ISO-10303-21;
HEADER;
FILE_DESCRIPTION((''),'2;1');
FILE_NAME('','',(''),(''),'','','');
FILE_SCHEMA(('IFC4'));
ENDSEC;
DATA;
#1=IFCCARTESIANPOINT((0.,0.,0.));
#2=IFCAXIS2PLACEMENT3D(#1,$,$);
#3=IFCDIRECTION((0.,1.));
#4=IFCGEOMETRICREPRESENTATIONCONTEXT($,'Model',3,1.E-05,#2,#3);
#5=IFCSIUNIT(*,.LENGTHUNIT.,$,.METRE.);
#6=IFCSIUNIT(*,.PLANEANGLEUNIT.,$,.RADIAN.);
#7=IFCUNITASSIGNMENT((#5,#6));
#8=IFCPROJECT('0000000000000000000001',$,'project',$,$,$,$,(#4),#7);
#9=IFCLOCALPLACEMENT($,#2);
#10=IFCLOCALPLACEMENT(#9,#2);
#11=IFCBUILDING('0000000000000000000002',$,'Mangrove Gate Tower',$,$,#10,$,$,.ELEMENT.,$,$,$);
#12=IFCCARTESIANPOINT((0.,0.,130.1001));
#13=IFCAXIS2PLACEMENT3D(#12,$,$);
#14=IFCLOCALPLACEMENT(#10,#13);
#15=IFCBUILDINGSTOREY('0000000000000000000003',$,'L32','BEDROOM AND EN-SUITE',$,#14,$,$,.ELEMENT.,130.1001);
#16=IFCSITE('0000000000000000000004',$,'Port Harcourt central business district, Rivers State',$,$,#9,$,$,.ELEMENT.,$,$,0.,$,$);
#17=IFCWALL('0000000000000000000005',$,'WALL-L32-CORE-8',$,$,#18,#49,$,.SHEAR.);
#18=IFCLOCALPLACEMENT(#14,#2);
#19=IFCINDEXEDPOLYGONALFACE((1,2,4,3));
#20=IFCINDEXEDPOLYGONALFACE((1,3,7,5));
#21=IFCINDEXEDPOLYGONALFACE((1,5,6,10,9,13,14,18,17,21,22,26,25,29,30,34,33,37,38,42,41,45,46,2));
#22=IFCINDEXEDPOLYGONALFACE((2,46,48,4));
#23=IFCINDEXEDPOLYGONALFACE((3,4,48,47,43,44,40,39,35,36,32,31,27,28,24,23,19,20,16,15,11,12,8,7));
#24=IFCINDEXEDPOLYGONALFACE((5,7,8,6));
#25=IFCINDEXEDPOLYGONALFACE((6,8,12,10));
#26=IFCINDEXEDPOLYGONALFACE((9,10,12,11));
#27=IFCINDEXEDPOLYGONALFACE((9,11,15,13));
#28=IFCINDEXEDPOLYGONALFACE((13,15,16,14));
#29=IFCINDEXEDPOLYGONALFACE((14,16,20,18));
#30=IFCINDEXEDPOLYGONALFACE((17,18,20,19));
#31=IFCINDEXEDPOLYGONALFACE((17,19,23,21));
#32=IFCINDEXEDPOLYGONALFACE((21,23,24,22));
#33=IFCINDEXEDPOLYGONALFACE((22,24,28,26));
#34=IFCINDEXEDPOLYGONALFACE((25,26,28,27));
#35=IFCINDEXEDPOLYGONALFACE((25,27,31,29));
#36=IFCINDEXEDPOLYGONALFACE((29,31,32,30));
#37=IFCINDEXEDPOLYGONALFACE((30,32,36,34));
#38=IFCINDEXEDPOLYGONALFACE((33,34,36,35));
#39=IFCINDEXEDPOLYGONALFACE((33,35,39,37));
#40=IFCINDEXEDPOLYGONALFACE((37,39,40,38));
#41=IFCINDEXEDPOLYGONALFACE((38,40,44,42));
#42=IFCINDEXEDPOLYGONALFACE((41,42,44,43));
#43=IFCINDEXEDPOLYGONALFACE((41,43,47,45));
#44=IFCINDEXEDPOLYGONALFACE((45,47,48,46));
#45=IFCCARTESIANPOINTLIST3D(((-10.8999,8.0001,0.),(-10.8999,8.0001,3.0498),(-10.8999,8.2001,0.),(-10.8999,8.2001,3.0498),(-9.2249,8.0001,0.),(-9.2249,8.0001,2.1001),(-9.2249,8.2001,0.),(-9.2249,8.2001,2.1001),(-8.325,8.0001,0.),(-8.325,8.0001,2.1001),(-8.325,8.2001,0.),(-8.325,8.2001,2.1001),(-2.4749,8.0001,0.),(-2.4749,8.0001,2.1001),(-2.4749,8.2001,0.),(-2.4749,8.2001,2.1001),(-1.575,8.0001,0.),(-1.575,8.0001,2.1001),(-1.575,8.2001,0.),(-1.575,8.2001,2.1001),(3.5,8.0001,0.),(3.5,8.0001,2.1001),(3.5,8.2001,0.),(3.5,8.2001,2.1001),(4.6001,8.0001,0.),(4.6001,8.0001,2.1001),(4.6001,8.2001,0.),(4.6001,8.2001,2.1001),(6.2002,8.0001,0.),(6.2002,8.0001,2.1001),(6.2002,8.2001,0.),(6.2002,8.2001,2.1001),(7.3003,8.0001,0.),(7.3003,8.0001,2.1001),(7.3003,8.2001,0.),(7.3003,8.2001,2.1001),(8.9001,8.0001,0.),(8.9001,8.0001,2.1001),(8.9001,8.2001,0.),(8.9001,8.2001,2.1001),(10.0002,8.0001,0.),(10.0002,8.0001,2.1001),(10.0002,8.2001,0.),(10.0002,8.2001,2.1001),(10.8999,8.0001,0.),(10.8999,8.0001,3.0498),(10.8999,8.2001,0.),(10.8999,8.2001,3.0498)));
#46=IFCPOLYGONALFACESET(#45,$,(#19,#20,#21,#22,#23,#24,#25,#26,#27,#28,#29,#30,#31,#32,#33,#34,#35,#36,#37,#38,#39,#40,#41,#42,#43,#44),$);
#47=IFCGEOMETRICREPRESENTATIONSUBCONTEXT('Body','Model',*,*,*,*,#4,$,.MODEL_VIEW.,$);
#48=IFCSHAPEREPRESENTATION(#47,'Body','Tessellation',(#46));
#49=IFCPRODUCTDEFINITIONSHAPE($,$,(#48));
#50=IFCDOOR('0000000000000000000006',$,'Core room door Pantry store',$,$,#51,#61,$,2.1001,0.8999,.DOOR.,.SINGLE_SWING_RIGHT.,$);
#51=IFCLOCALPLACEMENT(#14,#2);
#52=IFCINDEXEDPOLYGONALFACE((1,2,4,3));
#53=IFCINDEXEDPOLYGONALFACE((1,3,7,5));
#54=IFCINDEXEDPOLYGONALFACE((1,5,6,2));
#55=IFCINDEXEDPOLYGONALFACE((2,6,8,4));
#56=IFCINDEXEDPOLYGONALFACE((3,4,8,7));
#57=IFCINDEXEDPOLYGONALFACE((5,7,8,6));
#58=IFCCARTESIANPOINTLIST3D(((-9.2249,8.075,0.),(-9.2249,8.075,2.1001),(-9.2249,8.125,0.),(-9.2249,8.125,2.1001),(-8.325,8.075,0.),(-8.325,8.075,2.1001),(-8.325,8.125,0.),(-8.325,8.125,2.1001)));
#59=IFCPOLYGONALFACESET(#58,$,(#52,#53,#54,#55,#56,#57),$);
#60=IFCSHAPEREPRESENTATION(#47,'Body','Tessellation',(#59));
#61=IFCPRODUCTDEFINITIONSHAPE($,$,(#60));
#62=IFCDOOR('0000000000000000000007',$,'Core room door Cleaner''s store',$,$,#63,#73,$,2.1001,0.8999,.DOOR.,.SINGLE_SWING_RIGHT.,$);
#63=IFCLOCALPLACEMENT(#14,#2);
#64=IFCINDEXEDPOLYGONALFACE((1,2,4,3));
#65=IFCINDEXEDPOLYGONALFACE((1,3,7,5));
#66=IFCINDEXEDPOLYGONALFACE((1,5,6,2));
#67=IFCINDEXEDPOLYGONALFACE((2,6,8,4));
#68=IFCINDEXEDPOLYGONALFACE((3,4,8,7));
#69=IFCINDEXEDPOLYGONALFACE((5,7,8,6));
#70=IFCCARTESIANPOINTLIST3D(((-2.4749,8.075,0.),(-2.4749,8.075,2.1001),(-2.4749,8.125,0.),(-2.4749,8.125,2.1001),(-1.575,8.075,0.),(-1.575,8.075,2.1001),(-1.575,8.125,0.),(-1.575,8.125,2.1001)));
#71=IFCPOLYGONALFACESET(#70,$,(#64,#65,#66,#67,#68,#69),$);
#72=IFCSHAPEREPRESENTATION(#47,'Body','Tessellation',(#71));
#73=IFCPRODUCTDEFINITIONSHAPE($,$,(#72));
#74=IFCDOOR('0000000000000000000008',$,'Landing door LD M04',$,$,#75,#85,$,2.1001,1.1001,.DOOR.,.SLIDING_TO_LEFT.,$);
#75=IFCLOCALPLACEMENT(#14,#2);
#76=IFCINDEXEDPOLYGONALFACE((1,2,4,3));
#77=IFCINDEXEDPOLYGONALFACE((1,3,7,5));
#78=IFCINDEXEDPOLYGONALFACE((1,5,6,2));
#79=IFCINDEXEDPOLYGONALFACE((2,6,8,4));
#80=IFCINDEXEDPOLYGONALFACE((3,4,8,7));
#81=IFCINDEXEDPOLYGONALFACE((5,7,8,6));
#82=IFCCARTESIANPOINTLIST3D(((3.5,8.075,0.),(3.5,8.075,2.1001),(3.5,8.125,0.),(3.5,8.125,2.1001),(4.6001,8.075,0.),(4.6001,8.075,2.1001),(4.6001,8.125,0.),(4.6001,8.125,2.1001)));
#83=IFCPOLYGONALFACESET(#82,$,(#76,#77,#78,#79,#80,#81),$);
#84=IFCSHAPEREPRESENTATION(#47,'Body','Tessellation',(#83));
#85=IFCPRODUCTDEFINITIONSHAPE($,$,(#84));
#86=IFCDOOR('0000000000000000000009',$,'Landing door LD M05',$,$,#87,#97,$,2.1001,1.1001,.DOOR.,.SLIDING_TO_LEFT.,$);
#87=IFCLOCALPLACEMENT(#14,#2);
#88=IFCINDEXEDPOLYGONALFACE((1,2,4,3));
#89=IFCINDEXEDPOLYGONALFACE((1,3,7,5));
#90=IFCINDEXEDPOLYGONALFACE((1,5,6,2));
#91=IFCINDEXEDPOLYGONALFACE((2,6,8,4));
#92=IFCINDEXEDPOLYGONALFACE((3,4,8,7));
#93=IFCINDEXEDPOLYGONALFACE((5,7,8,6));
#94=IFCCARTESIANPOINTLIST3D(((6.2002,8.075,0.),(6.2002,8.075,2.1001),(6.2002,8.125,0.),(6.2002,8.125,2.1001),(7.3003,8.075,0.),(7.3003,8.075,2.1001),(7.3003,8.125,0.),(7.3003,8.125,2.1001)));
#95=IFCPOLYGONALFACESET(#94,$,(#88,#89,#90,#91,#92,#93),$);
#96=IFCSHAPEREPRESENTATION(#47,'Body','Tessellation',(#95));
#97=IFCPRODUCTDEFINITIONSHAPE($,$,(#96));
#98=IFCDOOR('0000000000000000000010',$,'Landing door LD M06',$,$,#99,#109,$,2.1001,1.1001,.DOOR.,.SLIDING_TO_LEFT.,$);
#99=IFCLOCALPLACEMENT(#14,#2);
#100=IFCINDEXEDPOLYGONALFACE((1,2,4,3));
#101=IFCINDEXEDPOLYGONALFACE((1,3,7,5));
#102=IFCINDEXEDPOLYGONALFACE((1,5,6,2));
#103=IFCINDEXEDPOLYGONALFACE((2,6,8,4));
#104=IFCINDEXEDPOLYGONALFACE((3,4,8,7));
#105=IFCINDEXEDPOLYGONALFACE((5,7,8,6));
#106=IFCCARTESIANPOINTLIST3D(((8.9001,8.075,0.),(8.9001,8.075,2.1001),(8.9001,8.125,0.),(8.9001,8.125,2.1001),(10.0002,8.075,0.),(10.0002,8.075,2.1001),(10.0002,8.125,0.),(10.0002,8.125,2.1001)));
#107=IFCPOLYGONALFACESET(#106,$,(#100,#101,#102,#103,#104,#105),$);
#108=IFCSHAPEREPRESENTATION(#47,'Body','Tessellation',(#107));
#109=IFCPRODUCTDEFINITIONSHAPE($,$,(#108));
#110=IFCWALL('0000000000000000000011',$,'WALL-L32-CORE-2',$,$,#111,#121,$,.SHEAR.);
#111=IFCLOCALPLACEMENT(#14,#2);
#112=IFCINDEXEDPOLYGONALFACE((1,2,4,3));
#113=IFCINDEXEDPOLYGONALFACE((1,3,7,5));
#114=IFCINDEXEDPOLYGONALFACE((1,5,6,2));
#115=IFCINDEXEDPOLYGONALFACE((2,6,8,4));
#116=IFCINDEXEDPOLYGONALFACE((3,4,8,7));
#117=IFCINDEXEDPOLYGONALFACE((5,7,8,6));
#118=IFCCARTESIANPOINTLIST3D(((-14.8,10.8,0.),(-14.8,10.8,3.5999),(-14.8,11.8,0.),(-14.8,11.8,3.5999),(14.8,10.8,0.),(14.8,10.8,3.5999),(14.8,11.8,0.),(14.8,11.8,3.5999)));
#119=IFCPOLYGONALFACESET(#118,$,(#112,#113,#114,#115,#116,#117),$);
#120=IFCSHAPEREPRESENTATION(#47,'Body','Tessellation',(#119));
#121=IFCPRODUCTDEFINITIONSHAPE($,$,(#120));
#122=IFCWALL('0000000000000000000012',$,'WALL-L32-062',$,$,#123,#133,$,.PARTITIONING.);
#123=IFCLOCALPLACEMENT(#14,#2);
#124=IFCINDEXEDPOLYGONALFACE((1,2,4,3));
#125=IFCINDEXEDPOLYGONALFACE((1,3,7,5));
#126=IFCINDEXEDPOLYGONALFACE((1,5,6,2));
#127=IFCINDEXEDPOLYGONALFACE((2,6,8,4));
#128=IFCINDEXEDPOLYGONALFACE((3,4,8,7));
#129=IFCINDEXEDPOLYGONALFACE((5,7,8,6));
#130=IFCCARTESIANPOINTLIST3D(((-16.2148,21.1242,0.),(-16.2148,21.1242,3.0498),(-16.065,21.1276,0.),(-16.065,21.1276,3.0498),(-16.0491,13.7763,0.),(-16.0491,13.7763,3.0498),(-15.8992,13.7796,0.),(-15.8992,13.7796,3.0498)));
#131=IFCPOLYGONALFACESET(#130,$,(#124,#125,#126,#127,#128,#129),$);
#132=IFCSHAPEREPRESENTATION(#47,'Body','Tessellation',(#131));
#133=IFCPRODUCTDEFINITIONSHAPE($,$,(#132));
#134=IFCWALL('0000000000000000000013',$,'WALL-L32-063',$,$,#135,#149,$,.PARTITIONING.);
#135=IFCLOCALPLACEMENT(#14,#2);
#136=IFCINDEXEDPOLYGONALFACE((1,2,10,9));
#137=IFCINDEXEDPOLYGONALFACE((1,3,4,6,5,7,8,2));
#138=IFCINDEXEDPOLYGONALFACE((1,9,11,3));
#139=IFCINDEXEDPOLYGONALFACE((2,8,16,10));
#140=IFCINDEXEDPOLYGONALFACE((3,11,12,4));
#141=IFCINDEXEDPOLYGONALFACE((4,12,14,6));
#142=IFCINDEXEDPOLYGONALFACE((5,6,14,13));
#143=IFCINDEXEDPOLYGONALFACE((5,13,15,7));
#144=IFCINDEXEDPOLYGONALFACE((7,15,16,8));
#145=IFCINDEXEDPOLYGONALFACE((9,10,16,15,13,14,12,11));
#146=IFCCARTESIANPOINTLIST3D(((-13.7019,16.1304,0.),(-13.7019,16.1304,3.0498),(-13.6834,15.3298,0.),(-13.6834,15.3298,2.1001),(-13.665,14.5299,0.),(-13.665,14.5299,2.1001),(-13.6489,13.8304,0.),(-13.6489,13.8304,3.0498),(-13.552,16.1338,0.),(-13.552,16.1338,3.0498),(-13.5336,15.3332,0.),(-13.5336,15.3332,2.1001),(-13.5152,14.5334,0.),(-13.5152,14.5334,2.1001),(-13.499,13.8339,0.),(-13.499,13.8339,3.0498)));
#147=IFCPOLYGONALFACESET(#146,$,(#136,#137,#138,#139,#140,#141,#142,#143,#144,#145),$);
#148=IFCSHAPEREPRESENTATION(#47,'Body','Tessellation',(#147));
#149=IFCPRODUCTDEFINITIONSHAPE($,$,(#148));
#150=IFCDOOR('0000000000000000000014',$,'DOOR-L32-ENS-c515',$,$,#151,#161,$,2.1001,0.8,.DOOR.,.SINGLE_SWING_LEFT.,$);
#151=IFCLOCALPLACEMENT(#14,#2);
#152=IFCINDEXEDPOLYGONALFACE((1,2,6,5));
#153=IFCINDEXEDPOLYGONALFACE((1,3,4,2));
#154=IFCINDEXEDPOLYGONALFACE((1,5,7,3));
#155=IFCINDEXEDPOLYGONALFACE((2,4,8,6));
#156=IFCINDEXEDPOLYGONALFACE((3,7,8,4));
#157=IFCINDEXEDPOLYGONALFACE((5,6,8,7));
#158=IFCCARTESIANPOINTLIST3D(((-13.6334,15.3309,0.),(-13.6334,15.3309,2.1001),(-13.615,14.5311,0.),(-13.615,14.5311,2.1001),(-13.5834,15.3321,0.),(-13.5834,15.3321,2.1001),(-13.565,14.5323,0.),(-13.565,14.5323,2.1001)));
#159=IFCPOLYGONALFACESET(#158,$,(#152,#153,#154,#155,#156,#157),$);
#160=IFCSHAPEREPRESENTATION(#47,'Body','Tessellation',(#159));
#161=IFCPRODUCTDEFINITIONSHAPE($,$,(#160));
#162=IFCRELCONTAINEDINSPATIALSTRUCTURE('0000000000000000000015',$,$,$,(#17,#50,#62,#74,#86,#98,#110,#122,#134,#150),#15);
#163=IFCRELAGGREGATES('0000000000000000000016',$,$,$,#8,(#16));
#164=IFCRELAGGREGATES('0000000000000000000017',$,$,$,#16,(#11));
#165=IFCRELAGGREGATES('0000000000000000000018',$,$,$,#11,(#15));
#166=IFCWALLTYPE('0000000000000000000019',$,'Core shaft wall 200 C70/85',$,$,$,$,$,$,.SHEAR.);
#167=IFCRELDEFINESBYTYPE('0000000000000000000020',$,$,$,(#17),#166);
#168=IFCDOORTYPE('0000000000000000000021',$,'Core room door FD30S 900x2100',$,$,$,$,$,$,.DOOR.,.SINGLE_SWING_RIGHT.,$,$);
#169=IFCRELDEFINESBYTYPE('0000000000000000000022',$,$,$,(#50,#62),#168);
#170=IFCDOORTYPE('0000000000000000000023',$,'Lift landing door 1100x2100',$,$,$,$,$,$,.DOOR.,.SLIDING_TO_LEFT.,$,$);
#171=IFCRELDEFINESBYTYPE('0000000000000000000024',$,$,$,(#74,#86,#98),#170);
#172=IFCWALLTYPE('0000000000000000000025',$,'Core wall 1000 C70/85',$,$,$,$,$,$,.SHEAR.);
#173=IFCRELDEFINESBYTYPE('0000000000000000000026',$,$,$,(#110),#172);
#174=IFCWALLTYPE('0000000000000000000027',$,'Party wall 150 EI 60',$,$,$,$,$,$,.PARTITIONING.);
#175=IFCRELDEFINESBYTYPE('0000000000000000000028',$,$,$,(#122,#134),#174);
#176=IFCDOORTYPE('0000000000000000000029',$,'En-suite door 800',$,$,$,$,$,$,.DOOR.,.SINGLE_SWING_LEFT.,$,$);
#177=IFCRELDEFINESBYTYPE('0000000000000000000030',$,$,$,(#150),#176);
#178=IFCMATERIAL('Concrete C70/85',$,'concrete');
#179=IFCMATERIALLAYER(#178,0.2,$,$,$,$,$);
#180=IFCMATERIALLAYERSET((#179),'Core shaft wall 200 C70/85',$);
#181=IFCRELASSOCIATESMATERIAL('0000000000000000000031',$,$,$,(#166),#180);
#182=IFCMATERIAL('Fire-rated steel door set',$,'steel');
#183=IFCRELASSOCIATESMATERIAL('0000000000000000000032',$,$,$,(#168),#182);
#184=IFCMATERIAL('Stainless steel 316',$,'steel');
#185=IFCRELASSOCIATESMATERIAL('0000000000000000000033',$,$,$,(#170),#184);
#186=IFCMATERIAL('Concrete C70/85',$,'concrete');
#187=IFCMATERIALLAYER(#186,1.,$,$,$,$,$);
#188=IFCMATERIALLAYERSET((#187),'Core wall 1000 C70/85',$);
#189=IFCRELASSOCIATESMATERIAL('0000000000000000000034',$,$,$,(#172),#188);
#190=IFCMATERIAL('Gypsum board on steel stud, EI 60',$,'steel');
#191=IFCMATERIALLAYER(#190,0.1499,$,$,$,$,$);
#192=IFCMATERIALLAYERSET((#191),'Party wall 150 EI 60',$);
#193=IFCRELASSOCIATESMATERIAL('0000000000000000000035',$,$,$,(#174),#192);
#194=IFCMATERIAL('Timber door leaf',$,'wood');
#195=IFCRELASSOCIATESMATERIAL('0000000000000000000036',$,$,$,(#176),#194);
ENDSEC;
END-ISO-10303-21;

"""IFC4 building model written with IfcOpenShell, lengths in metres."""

from ifc_helpers import new_model, si_unit, direction, frame, frame_2d, origin, place, context, subcontext, project, spatial, rectangle, extrude, material, layer, layer_set, type_object, element, fill, save


model = new_model("IFC4")

# Units and contexts
model_context = context("Model", 3, precision=1e-05, world=origin(), true_north=direction((0.0, 1.0)))
body_context = subcontext(model_context, "Body", "Model", "MODEL_VIEW")
ifc_project = project(units=[si_unit("LENGTHUNIT", "METRE"), si_unit("PLANEANGLEUNIT", "RADIAN")], contexts=[model_context])

# Site, building, storey
site_placement = place(None, origin())
site = spatial("IfcSite", under=ifc_project, at=site_placement, Name="Port Harcourt central business district, Rivers State", CompositionType="ELEMENT", RefElevation=0.0)
building_placement = place(site_placement, origin())
building = spatial("IfcBuilding", under=site, at=building_placement, Name="Mangrove Gate Tower", CompositionType="ELEMENT")
storey_placement = place(building_placement, frame((0.0, 0.0, 130.1001)))
storey = spatial("IfcBuildingStorey", under=building, at=storey_placement, Name="L32", Description="BEDROOM AND EN-SUITE", CompositionType="ELEMENT", Elevation=130.1001)

# Wall, openings, doors
ifc_material_1 = material(Name="Concrete C70/85", Category="concrete")
ifc_layer_1 = layer(ifc_material_1, 0.2)
ifc_layer_set_1 = layer_set([ifc_layer_1], Name="Core shaft wall 200 C70/85")
wall_type_1 = type_object("IfcWallType", Name="Core shaft wall 200 C70/85", PredefinedType="SHEAR", material=ifc_layer_set_1)
ifc_material_2 = material(Name="Fire-rated steel door set", Category="steel")
door_type_1 = type_object("IfcDoorType", Name="Core room door FD30S 900x2100", OperationType="SINGLE_SWING_RIGHT", PredefinedType="DOOR", material=ifc_material_2)
ifc_material_3 = material(Name="Stainless steel 316", Category="steel")
door_type_2 = type_object("IfcDoorType", Name="Lift landing door 1100x2100", OperationType="SLIDING_TO_LEFT", PredefinedType="DOOR", material=ifc_material_3)
wall_1_placement = place(storey_placement, frame((-10.8999, 8.1001, 0.0), z_axis=(0.0, 0.0, 1.0), x_axis=(1.0, 0.0, 0.0)))
wall_1 = element("IfcWall", 1, at=wall_1_placement, inside=storey, type_object=wall_type_1, Name="WALL-L32-CORE-8", PredefinedType="SHEAR", context=body_context, shape_type="SweptSolid", body=[
    extrude(rectangle(XDim=21.7998, YDim=0.2, at=frame_2d((10.8999, 0.0))), origin(), (0.0, 0.0, 1.0), 3.0498),
])
opening_1_placement = place(wall_1_placement, frame((14.3999, 0.0, 0.0)))
opening_1 = element("IfcOpeningElement", 2, at=opening_1_placement, cuts=wall_1, PredefinedType="OPENING", context=body_context, shape_type="SweptSolid", body=[
    extrude(rectangle(XDim=1.1001, YDim=2.1001, at=frame_2d((0.55, 1.05))), frame((0.0, 0.1099, 0.0), z_axis=(0.0, -1.0, 0.0), x_axis=(1.0, 0.0, 0.0)), (0.0, 0.0, 1.0), 0.22),
])
opening_2_placement = place(wall_1_placement, frame((17.1001, 0.0, 0.0)))
opening_2 = element("IfcOpeningElement", 3, at=opening_2_placement, cuts=wall_1, PredefinedType="OPENING", context=body_context, shape_type="SweptSolid", body=[
    extrude(rectangle(XDim=1.1001, YDim=2.1001, at=frame_2d((0.55, 1.05))), frame((0.0, 0.1099, 0.0), z_axis=(0.0, -1.0, 0.0), x_axis=(1.0, 0.0, 0.0)), (0.0, 0.0, 1.0), 0.22),
])
opening_3_placement = place(wall_1_placement, frame((19.8, 0.0, 0.0)))
opening_3 = element("IfcOpeningElement", 4, at=opening_3_placement, cuts=wall_1, PredefinedType="OPENING", context=body_context, shape_type="SweptSolid", body=[
    extrude(rectangle(XDim=1.1001, YDim=2.1001, at=frame_2d((0.55, 1.05))), frame((0.0, 0.1099, 0.0), z_axis=(0.0, -1.0, 0.0), x_axis=(1.0, 0.0, 0.0)), (0.0, 0.0, 1.0), 0.22),
])
opening_4_placement = place(wall_1_placement, frame((1.675, 0.0, 0.0)))
opening_4 = element("IfcOpeningElement", 5, at=opening_4_placement, cuts=wall_1, PredefinedType="OPENING", context=body_context, shape_type="SweptSolid", body=[
    extrude(rectangle(XDim=0.8999, YDim=2.1001, at=frame_2d((0.45, 1.05))), frame((0.0, 0.1099, 0.0), z_axis=(0.0, -1.0, 0.0), x_axis=(1.0, 0.0, 0.0)), (0.0, 0.0, 1.0), 0.22),
])
opening_5_placement = place(wall_1_placement, frame((8.425, 0.0, 0.0)))
opening_5 = element("IfcOpeningElement", 6, at=opening_5_placement, cuts=wall_1, PredefinedType="OPENING", context=body_context, shape_type="SweptSolid", body=[
    extrude(rectangle(XDim=0.8999, YDim=2.1001, at=frame_2d((0.45, 1.05))), frame((0.0, 0.1099, 0.0), z_axis=(0.0, -1.0, 0.0), x_axis=(1.0, 0.0, 0.0)), (0.0, 0.0, 1.0), 0.22),
])
door_1_placement = place(opening_4_placement, origin())
door_1 = element("IfcDoor", 7, at=door_1_placement, inside=storey, type_object=door_type_1, Name="Core room door Pantry store", OperationType="SINGLE_SWING_RIGHT", OverallHeight=2.1001, OverallWidth=0.8999, PredefinedType="DOOR", context=body_context, shape_type="SweptSolid", body=[
    extrude(rectangle(XDim=0.8999, YDim=2.1001, at=frame_2d((0.45, 1.05))), frame((0.0, 0.0249, 0.0), z_axis=(0.0, -1.0, 0.0), x_axis=(1.0, 0.0, 0.0)), (0.0, 0.0, 1.0), 0.05),
])
fill(opening_4, door_1)
door_2_placement = place(opening_5_placement, origin())
door_2 = element("IfcDoor", 8, at=door_2_placement, inside=storey, type_object=door_type_1, Name="Core room door Cleaner's store", OperationType="SINGLE_SWING_RIGHT", OverallHeight=2.1001, OverallWidth=0.8999, PredefinedType="DOOR", context=body_context, shape_type="SweptSolid", body=[
    extrude(rectangle(XDim=0.8999, YDim=2.1001, at=frame_2d((0.45, 1.05))), frame((0.0, 0.0249, 0.0), z_axis=(0.0, -1.0, 0.0), x_axis=(1.0, 0.0, 0.0)), (0.0, 0.0, 1.0), 0.05),
])
fill(opening_5, door_2)
door_3_placement = place(opening_1_placement, origin())
door_3 = element("IfcDoor", 9, at=door_3_placement, inside=storey, type_object=door_type_2, Name="Landing door LD M04", OperationType="SLIDING_TO_LEFT", OverallHeight=2.1001, OverallWidth=1.1001, PredefinedType="DOOR", context=body_context, shape_type="SweptSolid", body=[
    extrude(rectangle(XDim=1.1001, YDim=2.1001, at=frame_2d((0.55, 1.05))), frame((0.0, 0.0249, 0.0), z_axis=(0.0, -1.0, 0.0), x_axis=(1.0, 0.0, 0.0)), (0.0, 0.0, 1.0), 0.05),
])
fill(opening_1, door_3)
door_4_placement = place(opening_2_placement, origin())
door_4 = element("IfcDoor", 10, at=door_4_placement, inside=storey, type_object=door_type_2, Name="Landing door LD M05", OperationType="SLIDING_TO_LEFT", OverallHeight=2.1001, OverallWidth=1.1001, PredefinedType="DOOR", context=body_context, shape_type="SweptSolid", body=[
    extrude(rectangle(XDim=1.1001, YDim=2.1001, at=frame_2d((0.55, 1.05))), frame((0.0, 0.0249, 0.0), z_axis=(0.0, -1.0, 0.0), x_axis=(1.0, 0.0, 0.0)), (0.0, 0.0, 1.0), 0.05),
])
fill(opening_2, door_4)
door_5_placement = place(opening_3_placement, origin())
door_5 = element("IfcDoor", 11, at=door_5_placement, inside=storey, type_object=door_type_2, Name="Landing door LD M06", OperationType="SLIDING_TO_LEFT", OverallHeight=2.1001, OverallWidth=1.1001, PredefinedType="DOOR", context=body_context, shape_type="SweptSolid", body=[
    extrude(rectangle(XDim=1.1001, YDim=2.1001, at=frame_2d((0.55, 1.05))), frame((0.0, 0.0249, 0.0), z_axis=(0.0, -1.0, 0.0), x_axis=(1.0, 0.0, 0.0)), (0.0, 0.0, 1.0), 0.05),
])
fill(opening_3, door_5)

# Walls
ifc_material_4 = material(Name="Concrete C70/85", Category="concrete")
ifc_layer_2 = layer(ifc_material_4, 1.0)
ifc_layer_set_2 = layer_set([ifc_layer_2], Name="Core wall 1000 C70/85")
wall_type_2 = type_object("IfcWallType", Name="Core wall 1000 C70/85", PredefinedType="SHEAR", material=ifc_layer_set_2)
wall_2_placement = place(storey_placement, frame((-14.8, 11.3, 0.0), z_axis=(0.0, 0.0, 1.0), x_axis=(1.0, 0.0, 0.0)))
element("IfcWall", 12, at=wall_2_placement, inside=storey, type_object=wall_type_2, Name="WALL-L32-CORE-2", PredefinedType="SHEAR", context=body_context, shape_type="SweptSolid", body=[
    extrude(rectangle(XDim=29.6001, YDim=1.0, at=frame_2d((14.8, 0.0))), origin(), (0.0, 0.0, 1.0), 3.5999),
])
ifc_material_5 = material(Name="Gypsum board on steel stud, EI 60", Category="steel")
ifc_layer_3 = layer(ifc_material_5, 0.1499)
ifc_layer_set_3 = layer_set([ifc_layer_3], Name="Party wall 150 EI 60")
wall_type_3 = type_object("IfcWallType", Name="Party wall 150 EI 60", PredefinedType="PARTITIONING", material=ifc_layer_set_3)
wall_3_placement = place(storey_placement, frame((-15.9741, 13.7781, 0.0), z_axis=(0.0, 0.0, 1.0), x_axis=(-0.022555, 0.999746, 0.0)))
element("IfcWall", 13, at=wall_3_placement, inside=storey, type_object=wall_type_3, Name="WALL-L32-062", PredefinedType="PARTITIONING", context=body_context, shape_type="SweptSolid", body=[
    extrude(rectangle(XDim=7.3499, YDim=0.1499, at=frame_2d((3.6748, 0.0))), origin(), (0.0, 0.0, 1.0), 3.0498),
])

# Wall, opening, door
wall_4_placement = place(storey_placement, frame((-13.574, 13.832, 0.0), z_axis=(0.0, 0.0, 1.0), x_axis=(-0.023028, 0.999735, 0.0)))
wall_4 = element("IfcWall", 14, at=wall_4_placement, inside=storey, type_object=wall_type_3, Name="WALL-L32-063", PredefinedType="PARTITIONING", context=body_context, shape_type="SweptSolid", body=[
    extrude(rectangle(XDim=2.3005, YDim=0.1499, at=frame_2d((1.1504, 0.0))), origin(), (0.0, 0.0, 1.0), 3.0498),
])
opening_6_placement = place(wall_4_placement, frame((0.7, 0.0, 0.0)))
opening_6 = element("IfcOpeningElement", 15, at=opening_6_placement, cuts=wall_4, PredefinedType="OPENING", context=body_context, shape_type="SweptSolid", body=[
    extrude(rectangle(XDim=0.8, YDim=2.1001, at=frame_2d((0.3999, 1.05))), frame((0.0, 0.085, 0.0), z_axis=(0.0, -1.0, 0.0), x_axis=(1.0, 0.0, 0.0)), (0.0, 0.0, 1.0), 0.1699),
])
ifc_material_6 = material(Name="Timber door leaf", Category="wood")
door_type_3 = type_object("IfcDoorType", Name="En-suite door 800", OperationType="SINGLE_SWING_LEFT", PredefinedType="DOOR", material=ifc_material_6)
door_6_placement = place(opening_6_placement, origin())
door_6 = element("IfcDoor", 16, at=door_6_placement, inside=storey, type_object=door_type_3, Name="DOOR-L32-ENS-c515", OperationType="SINGLE_SWING_LEFT", OverallHeight=2.1001, OverallWidth=0.8, PredefinedType="DOOR", context=body_context, shape_type="SweptSolid", body=[
    extrude(rectangle(XDim=0.8, YDim=2.1001, at=frame_2d((0.3999, 1.05))), frame((0.0, 0.0249, 0.0), z_axis=(0.0, -1.0, 0.0), x_axis=(1.0, 0.0, 0.0)), (0.0, 0.0, 1.0), 0.05),
])
fill(opening_6, door_6)

save(model, "model.ifc")
